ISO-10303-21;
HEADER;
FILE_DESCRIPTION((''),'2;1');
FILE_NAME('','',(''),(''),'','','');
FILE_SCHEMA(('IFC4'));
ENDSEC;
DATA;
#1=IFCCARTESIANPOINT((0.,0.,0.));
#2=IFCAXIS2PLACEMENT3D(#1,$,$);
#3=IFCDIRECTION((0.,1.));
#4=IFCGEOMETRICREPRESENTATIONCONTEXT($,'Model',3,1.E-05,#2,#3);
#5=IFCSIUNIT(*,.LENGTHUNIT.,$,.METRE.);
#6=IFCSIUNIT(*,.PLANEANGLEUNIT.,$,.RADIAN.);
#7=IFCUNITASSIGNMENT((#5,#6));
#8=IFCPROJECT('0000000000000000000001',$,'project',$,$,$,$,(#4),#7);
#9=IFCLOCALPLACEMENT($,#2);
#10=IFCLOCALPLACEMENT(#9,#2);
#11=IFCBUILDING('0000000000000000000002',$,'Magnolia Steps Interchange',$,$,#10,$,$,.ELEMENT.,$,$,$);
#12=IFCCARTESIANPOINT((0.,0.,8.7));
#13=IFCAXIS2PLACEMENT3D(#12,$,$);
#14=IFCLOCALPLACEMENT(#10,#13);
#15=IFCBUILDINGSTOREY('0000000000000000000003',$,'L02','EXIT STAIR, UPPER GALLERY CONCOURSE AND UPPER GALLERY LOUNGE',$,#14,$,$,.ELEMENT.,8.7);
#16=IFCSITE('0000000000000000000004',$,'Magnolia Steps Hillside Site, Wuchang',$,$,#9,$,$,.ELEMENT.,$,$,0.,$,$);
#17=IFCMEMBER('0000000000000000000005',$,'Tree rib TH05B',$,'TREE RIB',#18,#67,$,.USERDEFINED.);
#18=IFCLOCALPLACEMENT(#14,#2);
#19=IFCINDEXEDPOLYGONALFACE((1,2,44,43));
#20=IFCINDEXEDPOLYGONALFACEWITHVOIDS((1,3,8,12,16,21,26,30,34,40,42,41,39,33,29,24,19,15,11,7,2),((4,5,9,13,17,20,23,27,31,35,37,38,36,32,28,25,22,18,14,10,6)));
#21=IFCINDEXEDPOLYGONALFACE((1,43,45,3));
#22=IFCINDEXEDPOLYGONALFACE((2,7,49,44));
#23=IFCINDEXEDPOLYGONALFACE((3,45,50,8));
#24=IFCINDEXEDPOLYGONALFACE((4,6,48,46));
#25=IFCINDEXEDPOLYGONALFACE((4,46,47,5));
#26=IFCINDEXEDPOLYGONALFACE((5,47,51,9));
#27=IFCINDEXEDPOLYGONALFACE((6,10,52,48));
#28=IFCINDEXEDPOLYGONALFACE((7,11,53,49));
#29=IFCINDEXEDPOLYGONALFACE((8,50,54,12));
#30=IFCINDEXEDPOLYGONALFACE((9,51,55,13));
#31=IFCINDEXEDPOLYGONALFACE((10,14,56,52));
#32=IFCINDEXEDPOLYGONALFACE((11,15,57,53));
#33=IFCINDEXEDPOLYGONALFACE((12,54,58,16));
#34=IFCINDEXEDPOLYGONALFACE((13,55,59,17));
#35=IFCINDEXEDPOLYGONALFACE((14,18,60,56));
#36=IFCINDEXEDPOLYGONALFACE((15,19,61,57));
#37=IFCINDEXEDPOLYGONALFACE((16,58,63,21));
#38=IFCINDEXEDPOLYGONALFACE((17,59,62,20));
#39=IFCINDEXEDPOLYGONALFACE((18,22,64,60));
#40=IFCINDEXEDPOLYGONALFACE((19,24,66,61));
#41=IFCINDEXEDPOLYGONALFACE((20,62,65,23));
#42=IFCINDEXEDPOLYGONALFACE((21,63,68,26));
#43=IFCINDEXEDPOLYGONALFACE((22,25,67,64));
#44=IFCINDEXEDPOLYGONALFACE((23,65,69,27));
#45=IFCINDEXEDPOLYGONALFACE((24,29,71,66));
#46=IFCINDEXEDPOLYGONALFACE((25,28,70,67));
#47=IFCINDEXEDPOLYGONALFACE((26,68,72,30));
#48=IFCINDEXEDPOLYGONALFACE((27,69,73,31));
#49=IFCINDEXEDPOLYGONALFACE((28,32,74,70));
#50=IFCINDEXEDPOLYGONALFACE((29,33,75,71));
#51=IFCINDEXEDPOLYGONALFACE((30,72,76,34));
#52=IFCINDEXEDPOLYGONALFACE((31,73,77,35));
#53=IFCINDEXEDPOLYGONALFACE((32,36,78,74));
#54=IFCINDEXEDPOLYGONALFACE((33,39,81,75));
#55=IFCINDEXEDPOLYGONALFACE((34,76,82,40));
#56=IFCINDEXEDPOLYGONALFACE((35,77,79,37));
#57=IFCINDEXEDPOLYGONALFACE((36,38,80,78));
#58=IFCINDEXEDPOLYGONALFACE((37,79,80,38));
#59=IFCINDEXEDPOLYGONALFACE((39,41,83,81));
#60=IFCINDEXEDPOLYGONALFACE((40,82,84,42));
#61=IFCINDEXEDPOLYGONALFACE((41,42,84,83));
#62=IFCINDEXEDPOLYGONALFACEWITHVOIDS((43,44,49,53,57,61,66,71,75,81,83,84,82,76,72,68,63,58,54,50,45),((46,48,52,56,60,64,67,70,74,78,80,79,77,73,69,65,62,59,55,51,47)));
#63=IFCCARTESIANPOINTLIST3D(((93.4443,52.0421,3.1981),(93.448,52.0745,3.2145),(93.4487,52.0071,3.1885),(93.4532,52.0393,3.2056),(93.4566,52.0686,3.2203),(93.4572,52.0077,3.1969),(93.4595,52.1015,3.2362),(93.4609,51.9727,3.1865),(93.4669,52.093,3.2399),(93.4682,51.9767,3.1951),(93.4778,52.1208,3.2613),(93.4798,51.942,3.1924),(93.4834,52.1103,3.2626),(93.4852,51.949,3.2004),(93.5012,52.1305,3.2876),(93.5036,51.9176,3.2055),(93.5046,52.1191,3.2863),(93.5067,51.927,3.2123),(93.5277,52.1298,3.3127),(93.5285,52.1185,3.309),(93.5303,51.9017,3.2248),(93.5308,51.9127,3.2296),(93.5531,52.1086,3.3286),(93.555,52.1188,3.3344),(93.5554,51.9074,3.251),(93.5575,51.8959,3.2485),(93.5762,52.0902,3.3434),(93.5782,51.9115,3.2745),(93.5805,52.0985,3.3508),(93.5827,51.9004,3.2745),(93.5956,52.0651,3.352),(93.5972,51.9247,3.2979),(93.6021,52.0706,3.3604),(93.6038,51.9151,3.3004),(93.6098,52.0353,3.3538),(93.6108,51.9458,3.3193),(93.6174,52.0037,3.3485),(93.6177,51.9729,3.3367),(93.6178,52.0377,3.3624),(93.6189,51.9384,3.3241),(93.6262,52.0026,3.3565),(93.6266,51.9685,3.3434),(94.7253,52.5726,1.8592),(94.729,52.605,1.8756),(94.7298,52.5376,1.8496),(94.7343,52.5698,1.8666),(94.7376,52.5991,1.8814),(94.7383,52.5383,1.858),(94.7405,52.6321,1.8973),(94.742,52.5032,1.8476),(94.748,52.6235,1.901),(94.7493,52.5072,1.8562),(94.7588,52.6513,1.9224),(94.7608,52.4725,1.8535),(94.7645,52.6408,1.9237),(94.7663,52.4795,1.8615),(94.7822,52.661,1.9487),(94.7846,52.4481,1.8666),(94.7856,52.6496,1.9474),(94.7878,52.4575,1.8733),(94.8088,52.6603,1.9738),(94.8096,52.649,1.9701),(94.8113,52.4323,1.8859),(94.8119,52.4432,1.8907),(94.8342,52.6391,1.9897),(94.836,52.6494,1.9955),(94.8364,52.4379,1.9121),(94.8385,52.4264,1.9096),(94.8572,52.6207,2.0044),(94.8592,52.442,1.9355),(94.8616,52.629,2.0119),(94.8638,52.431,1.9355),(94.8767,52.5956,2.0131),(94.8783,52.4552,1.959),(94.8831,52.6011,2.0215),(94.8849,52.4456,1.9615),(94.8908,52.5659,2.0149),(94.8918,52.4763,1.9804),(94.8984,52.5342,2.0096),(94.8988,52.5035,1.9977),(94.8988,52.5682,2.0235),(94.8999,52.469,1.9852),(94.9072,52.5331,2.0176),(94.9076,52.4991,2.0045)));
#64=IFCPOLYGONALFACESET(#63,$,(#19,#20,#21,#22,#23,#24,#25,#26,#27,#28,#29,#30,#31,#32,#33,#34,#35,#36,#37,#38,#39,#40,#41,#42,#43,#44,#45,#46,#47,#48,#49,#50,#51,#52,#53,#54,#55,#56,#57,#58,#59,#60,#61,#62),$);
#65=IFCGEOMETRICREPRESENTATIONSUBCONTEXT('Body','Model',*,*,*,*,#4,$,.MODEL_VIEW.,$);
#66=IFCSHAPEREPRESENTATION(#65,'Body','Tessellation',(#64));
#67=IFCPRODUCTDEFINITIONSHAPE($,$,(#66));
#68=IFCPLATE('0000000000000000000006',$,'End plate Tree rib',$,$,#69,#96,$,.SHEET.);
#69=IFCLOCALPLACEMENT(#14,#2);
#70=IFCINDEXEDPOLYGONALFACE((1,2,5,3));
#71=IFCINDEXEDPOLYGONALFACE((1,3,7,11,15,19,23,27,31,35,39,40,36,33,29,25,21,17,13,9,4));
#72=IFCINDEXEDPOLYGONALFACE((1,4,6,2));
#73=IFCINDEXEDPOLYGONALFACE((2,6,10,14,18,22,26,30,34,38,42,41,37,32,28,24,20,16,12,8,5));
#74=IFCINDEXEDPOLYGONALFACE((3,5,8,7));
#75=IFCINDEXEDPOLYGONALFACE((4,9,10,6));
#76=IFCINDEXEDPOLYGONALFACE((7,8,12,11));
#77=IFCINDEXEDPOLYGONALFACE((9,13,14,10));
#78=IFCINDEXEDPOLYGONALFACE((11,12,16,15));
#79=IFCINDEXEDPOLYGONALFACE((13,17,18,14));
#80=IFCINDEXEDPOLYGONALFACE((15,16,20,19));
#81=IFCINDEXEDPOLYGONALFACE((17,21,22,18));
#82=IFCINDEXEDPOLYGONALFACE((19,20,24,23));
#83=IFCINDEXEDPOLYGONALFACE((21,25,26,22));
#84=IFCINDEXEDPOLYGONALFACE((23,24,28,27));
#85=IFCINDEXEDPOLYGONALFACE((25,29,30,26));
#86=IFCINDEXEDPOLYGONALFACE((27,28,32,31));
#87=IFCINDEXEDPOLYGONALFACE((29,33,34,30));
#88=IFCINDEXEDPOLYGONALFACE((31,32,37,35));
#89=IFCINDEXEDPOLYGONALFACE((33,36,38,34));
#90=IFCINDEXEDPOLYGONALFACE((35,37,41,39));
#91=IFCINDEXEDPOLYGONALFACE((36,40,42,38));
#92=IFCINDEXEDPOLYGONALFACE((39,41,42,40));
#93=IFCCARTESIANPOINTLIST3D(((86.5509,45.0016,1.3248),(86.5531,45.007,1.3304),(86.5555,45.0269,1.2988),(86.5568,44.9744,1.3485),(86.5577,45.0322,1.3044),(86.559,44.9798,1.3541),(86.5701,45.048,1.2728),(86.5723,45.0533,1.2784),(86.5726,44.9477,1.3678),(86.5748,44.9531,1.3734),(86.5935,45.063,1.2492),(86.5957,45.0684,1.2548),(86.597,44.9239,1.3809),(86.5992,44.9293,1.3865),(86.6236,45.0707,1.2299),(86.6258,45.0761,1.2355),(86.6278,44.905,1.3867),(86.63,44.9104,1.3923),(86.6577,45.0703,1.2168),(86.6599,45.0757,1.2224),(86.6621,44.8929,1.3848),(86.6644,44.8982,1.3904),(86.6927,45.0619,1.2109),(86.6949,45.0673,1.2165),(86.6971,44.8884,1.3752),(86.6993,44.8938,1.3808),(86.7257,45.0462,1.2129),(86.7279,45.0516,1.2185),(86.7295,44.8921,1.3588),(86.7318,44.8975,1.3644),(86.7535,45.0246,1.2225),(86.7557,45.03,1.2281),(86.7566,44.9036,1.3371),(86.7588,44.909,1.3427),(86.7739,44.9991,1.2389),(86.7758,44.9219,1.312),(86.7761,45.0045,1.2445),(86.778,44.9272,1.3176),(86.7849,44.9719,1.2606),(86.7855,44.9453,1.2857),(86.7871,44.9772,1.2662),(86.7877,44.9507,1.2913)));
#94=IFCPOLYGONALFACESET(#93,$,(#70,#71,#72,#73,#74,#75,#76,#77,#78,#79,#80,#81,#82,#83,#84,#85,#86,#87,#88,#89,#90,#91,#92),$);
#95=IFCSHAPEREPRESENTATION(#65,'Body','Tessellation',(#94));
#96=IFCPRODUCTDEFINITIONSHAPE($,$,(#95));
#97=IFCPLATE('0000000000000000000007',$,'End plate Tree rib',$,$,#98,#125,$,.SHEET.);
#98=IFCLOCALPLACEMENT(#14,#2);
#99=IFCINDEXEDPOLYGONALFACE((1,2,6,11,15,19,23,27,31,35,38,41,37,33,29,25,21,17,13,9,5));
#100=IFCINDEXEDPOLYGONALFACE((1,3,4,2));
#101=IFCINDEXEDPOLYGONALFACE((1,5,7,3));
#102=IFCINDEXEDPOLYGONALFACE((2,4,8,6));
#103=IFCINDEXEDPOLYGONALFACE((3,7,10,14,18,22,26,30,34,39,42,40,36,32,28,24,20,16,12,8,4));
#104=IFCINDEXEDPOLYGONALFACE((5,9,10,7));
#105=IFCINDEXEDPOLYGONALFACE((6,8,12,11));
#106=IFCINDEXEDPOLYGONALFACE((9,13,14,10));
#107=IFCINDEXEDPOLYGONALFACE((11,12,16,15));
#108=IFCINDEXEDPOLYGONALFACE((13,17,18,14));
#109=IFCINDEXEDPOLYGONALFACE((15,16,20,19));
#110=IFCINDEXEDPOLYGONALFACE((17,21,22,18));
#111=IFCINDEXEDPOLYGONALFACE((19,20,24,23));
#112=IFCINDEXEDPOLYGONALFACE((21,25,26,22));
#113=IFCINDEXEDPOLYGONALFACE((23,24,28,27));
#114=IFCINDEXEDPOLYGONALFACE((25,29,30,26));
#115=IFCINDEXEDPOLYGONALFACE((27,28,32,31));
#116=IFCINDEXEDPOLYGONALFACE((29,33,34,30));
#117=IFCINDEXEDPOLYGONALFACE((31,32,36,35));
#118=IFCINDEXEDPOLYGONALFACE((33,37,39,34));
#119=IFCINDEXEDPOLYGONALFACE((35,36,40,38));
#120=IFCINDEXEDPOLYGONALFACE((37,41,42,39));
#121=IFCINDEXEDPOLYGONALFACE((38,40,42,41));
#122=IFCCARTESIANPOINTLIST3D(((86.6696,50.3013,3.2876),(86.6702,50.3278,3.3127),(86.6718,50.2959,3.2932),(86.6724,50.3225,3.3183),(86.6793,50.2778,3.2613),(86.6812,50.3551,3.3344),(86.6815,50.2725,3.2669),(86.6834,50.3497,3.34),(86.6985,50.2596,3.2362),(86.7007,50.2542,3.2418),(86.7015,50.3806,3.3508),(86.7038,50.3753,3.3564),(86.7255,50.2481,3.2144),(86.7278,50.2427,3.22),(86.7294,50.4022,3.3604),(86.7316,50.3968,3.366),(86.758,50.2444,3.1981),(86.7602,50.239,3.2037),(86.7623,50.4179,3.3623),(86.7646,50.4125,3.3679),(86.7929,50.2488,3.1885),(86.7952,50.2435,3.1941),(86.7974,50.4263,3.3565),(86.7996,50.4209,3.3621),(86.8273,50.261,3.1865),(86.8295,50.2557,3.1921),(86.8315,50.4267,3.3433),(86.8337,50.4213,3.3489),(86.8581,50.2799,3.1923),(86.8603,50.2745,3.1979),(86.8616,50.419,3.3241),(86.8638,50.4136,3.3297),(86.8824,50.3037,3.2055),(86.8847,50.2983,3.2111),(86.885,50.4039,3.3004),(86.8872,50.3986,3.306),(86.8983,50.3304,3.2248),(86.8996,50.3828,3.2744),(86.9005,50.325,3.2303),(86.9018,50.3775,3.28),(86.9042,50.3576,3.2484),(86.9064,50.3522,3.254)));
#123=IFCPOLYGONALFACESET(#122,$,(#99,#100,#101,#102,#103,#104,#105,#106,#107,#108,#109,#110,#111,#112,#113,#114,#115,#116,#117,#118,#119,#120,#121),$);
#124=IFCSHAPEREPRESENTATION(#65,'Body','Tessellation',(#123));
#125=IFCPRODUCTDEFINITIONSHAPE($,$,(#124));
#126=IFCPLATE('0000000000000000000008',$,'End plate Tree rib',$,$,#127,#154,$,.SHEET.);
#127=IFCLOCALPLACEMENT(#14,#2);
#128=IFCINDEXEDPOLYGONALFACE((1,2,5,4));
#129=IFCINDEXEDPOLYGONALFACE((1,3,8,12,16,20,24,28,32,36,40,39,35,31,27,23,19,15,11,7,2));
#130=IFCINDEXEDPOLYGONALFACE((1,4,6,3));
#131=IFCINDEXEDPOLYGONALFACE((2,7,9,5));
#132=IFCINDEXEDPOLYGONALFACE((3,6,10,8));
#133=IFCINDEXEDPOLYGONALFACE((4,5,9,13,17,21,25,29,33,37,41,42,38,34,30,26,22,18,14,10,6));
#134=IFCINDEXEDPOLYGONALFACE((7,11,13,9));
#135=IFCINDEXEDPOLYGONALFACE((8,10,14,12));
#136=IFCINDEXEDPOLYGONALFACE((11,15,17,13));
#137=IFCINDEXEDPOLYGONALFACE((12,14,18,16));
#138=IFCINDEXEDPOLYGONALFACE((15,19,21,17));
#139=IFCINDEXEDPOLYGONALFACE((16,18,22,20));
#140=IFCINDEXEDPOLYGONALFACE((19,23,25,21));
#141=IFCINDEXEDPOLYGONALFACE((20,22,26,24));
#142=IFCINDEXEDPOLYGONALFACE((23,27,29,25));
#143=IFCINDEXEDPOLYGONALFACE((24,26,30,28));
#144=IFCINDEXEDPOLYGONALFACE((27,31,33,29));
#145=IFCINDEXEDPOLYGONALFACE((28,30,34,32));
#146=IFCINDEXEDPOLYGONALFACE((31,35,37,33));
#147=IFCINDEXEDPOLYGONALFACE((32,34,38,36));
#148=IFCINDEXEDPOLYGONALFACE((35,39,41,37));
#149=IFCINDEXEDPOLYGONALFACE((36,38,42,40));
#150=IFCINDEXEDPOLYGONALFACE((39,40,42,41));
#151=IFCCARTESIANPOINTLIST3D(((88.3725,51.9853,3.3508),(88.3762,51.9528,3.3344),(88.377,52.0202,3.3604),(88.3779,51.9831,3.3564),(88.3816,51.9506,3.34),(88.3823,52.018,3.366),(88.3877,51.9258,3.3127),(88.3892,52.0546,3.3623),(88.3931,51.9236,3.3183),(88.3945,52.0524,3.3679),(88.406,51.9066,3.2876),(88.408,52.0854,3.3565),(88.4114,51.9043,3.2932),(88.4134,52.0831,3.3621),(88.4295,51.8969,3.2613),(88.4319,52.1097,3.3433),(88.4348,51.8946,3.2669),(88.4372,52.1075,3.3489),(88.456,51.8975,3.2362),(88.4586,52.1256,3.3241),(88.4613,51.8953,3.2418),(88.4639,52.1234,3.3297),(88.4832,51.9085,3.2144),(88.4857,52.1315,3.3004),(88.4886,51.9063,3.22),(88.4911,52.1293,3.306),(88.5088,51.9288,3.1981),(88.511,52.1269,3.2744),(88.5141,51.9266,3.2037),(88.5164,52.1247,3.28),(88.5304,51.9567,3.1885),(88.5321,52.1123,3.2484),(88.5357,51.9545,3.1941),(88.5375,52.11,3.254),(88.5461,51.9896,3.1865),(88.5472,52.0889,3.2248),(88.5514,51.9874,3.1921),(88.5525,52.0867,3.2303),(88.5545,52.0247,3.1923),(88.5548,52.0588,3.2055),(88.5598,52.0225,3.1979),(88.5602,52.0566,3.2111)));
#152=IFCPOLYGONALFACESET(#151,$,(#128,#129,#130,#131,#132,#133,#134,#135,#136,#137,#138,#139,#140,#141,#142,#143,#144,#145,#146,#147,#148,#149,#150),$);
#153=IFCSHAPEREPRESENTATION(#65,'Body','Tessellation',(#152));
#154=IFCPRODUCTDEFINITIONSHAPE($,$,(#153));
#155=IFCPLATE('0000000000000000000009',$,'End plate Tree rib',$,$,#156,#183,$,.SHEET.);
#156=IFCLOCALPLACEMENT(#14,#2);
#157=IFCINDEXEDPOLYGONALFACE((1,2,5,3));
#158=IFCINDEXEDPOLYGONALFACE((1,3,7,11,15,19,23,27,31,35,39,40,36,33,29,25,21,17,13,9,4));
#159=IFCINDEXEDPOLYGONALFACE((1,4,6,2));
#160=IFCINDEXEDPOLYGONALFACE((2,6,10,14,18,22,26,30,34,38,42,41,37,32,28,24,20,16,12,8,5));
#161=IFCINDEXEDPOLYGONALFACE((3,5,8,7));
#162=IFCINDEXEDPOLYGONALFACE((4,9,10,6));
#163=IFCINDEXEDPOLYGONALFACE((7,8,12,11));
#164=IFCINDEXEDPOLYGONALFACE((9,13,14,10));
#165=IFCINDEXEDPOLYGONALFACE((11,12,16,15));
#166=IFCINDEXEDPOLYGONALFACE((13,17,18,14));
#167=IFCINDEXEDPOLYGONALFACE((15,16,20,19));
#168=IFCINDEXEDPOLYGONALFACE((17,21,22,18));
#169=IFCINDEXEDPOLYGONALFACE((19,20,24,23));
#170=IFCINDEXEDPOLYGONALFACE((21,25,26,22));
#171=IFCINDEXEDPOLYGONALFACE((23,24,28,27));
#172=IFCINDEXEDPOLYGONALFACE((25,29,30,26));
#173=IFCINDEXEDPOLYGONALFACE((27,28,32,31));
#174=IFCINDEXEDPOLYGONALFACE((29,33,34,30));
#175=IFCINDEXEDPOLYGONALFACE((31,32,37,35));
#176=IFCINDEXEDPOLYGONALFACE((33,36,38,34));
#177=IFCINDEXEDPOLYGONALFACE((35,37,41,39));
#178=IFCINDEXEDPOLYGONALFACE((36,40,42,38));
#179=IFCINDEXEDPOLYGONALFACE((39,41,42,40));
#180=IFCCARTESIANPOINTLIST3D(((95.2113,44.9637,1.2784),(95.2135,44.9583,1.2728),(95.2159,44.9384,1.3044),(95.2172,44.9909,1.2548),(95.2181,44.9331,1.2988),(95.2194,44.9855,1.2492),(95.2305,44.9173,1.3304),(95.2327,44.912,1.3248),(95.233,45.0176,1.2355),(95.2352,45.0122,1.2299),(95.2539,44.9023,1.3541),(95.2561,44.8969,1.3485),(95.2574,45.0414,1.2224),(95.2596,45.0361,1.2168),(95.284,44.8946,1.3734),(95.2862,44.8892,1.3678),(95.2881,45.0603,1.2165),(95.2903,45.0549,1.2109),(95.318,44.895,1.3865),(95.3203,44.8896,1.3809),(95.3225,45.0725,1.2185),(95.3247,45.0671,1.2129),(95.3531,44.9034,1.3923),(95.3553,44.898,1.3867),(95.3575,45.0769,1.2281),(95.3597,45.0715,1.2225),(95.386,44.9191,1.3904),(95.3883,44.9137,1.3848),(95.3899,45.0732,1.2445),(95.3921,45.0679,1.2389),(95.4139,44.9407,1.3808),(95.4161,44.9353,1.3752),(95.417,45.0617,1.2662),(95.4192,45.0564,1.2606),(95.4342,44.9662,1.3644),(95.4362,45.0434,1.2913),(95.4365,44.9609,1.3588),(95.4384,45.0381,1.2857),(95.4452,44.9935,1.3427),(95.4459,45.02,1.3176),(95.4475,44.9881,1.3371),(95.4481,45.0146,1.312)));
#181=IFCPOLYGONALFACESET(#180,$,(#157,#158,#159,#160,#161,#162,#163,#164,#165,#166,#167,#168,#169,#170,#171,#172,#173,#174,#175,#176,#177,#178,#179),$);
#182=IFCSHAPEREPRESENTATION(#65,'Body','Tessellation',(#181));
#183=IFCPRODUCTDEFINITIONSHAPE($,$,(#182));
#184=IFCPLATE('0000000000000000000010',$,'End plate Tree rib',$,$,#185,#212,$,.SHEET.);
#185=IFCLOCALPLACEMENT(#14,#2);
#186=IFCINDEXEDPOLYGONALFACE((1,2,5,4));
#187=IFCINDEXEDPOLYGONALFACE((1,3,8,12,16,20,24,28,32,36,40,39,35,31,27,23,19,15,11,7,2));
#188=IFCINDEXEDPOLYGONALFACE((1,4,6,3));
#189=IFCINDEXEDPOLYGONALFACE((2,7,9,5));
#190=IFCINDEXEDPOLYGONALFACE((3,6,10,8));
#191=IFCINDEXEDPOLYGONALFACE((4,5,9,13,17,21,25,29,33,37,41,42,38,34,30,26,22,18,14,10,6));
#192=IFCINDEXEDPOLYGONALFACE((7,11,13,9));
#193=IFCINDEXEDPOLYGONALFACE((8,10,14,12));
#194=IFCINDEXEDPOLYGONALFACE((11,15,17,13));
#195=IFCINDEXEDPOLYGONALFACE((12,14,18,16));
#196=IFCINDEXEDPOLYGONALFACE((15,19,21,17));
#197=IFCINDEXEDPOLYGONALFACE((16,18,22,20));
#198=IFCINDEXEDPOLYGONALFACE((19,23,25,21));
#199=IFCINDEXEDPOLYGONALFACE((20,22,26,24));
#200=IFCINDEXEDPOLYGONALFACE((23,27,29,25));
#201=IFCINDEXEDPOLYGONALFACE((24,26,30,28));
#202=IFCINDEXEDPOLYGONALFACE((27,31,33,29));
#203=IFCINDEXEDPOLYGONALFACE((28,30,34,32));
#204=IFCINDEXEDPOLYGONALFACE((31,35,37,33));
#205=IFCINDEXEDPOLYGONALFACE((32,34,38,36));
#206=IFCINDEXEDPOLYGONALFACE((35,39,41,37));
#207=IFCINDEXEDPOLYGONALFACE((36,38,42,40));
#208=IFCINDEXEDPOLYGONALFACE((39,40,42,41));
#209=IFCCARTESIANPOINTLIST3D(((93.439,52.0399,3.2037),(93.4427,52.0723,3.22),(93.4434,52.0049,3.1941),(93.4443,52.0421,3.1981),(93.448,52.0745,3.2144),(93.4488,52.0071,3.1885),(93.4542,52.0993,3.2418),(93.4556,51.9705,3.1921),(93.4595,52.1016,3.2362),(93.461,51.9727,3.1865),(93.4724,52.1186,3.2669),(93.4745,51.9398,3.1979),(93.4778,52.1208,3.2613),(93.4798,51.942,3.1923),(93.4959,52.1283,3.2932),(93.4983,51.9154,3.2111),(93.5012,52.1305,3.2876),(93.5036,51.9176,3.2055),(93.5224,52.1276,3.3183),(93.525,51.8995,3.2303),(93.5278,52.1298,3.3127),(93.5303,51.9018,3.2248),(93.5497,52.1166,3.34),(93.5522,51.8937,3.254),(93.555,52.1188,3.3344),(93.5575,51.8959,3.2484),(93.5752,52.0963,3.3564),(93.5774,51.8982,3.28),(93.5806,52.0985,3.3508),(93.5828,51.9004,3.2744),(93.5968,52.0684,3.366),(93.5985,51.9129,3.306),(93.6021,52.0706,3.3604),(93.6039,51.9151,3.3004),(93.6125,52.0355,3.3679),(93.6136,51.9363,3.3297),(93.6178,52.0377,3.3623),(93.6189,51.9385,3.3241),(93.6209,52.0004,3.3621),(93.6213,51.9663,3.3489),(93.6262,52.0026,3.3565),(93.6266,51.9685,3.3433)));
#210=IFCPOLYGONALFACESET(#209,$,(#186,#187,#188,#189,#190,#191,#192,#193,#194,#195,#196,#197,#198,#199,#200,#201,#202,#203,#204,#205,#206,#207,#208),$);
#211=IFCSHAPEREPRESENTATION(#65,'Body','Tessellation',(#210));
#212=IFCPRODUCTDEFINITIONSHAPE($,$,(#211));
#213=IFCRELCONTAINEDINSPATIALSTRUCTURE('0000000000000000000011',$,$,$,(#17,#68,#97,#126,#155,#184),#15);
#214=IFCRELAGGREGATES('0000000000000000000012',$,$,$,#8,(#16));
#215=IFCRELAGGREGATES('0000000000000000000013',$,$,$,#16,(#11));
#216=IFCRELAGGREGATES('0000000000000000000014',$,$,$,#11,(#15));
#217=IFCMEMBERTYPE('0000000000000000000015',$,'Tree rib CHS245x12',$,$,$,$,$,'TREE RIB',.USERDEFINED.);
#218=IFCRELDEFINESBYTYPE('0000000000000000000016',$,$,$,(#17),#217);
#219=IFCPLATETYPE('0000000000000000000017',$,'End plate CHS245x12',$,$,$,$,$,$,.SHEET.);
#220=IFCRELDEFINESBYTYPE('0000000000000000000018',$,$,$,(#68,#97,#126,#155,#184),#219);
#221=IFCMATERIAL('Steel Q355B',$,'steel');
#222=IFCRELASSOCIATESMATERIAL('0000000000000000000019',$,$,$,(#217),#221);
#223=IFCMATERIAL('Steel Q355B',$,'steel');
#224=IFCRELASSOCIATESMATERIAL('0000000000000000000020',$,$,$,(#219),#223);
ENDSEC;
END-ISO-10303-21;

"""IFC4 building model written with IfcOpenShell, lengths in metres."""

from ifc_helpers import new_model, si_unit, direction, frame, origin, origin_2d, place, context, subcontext, project, spatial, circle, hollow_circle, extrude, material, material_profile, profile_set, type_object, element, save


model = new_model("IFC4")

# Units and contexts
model_context = context("Model", 3, precision=1e-05, world=origin(), true_north=direction((0.0, 1.0)))
body_context = subcontext(model_context, "Body", "Model", "MODEL_VIEW")
ifc_project = project(units=[si_unit("LENGTHUNIT", "METRE"), si_unit("PLANEANGLEUNIT", "RADIAN")], contexts=[model_context])

# Site, building, storey
site_placement = place(None, origin())
site = spatial("IfcSite", under=ifc_project, at=site_placement, Name="Magnolia Steps Hillside Site, Wuchang", CompositionType="ELEMENT", RefElevation=0.0)
building_placement = place(site_placement, origin())
building = spatial("IfcBuilding", under=site, at=building_placement, Name="Magnolia Steps Interchange", CompositionType="ELEMENT")
storey_placement = place(building_placement, frame((0.0, 0.0, 8.7)))
storey = spatial("IfcBuildingStorey", under=building, at=storey_placement, Name="L02", Description="EXIT STAIR, UPPER GALLERY CONCOURSE AND UPPER GALLERY LOUNGE", CompositionType="ELEMENT", Elevation=8.7)

# Member
ifc_material_1 = material(Name="Steel Q355B", Category="steel")
ifc_material_profile_1 = material_profile(ifc_material_1, hollow_circle(Radius=0.1226, WallThickness=0.012, at=origin_2d()), Name="CHS245x12")
ifc_profile_set_1 = profile_set([ifc_material_profile_1], Name="Steel Q355B")
member_type = type_object("IfcMemberType", Name="Tree rib CHS245x12", ElementType="TREE RIB", PredefinedType="USERDEFINED", material=ifc_profile_set_1)
member_1_placement = place(storey_placement, frame((94.8169, 52.5442, 1.9355), z_axis=(-0.664618, -0.275246, 0.694638), x_axis=(0.382627, -0.923903, 0.0)))
element("IfcMember", 1, at=member_1_placement, inside=storey, type_object=member_type, Name="Tree rib TH05B", ObjectType="TREE RIB", PredefinedType="USERDEFINED", context=body_context, shape_type="SweptSolid", body=[
    extrude(hollow_circle(Radius=0.1226, WallThickness=0.012, at=origin_2d()), origin(), (0.0, 0.0, 1.0), 1.9275),
])

# Plates
ifc_material_2 = material(Name="Steel Q355B", Category="steel")
ifc_material_profile_2 = material_profile(ifc_material_2, circle(Radius=0.1226, at=origin_2d()), Name="End plate CHS245x12")
ifc_profile_set_2 = profile_set([ifc_material_profile_2], Name="Steel Q355B")
plate_type = type_object("IfcPlateType", Name="End plate CHS245x12", PredefinedType="SHEET", material=ifc_profile_set_2)
for number, where, z_axis, x_axis, name in (
    (2, (86.6687, 44.98, 1.2988), (0.275279, 0.664583, 0.694658), (-0.92388, 0.382683, 0.0), "End plate Tree rib"),
    (3, (86.7864, 50.3359, 3.2744), (0.275279, -0.664583, 0.694658), (0.92388, 0.382683, 0.0), "End plate Tree rib"),
    (4, (88.4641, 52.0137, 3.2744), (0.664583, -0.275279, 0.694658), (0.382683, 0.92388, 0.0), "End plate Tree rib"),
    (5, (95.3313, 44.98, 1.2988), (-0.275279, 0.664583, 0.694658), (-0.92388, -0.382683, 0.0), "End plate Tree rib"),
    (6, (93.5359, 52.0137, 3.2744), (-0.664583, -0.275279, 0.694658), (0.382683, -0.92388, 0.0), "End plate Tree rib"),
):
    element("IfcPlate", number, at=place(storey_placement, frame(where, z_axis=z_axis, x_axis=x_axis)), inside=storey, type_object=plate_type, Name=name, PredefinedType="SHEET", context=body_context, shape_type="SweptSolid", body=[
        extrude(circle(Radius=0.1226, at=origin_2d()), origin(), (0.0, 0.0, 1.0), 0.0081),
    ])

save(model, "model.ifc")
